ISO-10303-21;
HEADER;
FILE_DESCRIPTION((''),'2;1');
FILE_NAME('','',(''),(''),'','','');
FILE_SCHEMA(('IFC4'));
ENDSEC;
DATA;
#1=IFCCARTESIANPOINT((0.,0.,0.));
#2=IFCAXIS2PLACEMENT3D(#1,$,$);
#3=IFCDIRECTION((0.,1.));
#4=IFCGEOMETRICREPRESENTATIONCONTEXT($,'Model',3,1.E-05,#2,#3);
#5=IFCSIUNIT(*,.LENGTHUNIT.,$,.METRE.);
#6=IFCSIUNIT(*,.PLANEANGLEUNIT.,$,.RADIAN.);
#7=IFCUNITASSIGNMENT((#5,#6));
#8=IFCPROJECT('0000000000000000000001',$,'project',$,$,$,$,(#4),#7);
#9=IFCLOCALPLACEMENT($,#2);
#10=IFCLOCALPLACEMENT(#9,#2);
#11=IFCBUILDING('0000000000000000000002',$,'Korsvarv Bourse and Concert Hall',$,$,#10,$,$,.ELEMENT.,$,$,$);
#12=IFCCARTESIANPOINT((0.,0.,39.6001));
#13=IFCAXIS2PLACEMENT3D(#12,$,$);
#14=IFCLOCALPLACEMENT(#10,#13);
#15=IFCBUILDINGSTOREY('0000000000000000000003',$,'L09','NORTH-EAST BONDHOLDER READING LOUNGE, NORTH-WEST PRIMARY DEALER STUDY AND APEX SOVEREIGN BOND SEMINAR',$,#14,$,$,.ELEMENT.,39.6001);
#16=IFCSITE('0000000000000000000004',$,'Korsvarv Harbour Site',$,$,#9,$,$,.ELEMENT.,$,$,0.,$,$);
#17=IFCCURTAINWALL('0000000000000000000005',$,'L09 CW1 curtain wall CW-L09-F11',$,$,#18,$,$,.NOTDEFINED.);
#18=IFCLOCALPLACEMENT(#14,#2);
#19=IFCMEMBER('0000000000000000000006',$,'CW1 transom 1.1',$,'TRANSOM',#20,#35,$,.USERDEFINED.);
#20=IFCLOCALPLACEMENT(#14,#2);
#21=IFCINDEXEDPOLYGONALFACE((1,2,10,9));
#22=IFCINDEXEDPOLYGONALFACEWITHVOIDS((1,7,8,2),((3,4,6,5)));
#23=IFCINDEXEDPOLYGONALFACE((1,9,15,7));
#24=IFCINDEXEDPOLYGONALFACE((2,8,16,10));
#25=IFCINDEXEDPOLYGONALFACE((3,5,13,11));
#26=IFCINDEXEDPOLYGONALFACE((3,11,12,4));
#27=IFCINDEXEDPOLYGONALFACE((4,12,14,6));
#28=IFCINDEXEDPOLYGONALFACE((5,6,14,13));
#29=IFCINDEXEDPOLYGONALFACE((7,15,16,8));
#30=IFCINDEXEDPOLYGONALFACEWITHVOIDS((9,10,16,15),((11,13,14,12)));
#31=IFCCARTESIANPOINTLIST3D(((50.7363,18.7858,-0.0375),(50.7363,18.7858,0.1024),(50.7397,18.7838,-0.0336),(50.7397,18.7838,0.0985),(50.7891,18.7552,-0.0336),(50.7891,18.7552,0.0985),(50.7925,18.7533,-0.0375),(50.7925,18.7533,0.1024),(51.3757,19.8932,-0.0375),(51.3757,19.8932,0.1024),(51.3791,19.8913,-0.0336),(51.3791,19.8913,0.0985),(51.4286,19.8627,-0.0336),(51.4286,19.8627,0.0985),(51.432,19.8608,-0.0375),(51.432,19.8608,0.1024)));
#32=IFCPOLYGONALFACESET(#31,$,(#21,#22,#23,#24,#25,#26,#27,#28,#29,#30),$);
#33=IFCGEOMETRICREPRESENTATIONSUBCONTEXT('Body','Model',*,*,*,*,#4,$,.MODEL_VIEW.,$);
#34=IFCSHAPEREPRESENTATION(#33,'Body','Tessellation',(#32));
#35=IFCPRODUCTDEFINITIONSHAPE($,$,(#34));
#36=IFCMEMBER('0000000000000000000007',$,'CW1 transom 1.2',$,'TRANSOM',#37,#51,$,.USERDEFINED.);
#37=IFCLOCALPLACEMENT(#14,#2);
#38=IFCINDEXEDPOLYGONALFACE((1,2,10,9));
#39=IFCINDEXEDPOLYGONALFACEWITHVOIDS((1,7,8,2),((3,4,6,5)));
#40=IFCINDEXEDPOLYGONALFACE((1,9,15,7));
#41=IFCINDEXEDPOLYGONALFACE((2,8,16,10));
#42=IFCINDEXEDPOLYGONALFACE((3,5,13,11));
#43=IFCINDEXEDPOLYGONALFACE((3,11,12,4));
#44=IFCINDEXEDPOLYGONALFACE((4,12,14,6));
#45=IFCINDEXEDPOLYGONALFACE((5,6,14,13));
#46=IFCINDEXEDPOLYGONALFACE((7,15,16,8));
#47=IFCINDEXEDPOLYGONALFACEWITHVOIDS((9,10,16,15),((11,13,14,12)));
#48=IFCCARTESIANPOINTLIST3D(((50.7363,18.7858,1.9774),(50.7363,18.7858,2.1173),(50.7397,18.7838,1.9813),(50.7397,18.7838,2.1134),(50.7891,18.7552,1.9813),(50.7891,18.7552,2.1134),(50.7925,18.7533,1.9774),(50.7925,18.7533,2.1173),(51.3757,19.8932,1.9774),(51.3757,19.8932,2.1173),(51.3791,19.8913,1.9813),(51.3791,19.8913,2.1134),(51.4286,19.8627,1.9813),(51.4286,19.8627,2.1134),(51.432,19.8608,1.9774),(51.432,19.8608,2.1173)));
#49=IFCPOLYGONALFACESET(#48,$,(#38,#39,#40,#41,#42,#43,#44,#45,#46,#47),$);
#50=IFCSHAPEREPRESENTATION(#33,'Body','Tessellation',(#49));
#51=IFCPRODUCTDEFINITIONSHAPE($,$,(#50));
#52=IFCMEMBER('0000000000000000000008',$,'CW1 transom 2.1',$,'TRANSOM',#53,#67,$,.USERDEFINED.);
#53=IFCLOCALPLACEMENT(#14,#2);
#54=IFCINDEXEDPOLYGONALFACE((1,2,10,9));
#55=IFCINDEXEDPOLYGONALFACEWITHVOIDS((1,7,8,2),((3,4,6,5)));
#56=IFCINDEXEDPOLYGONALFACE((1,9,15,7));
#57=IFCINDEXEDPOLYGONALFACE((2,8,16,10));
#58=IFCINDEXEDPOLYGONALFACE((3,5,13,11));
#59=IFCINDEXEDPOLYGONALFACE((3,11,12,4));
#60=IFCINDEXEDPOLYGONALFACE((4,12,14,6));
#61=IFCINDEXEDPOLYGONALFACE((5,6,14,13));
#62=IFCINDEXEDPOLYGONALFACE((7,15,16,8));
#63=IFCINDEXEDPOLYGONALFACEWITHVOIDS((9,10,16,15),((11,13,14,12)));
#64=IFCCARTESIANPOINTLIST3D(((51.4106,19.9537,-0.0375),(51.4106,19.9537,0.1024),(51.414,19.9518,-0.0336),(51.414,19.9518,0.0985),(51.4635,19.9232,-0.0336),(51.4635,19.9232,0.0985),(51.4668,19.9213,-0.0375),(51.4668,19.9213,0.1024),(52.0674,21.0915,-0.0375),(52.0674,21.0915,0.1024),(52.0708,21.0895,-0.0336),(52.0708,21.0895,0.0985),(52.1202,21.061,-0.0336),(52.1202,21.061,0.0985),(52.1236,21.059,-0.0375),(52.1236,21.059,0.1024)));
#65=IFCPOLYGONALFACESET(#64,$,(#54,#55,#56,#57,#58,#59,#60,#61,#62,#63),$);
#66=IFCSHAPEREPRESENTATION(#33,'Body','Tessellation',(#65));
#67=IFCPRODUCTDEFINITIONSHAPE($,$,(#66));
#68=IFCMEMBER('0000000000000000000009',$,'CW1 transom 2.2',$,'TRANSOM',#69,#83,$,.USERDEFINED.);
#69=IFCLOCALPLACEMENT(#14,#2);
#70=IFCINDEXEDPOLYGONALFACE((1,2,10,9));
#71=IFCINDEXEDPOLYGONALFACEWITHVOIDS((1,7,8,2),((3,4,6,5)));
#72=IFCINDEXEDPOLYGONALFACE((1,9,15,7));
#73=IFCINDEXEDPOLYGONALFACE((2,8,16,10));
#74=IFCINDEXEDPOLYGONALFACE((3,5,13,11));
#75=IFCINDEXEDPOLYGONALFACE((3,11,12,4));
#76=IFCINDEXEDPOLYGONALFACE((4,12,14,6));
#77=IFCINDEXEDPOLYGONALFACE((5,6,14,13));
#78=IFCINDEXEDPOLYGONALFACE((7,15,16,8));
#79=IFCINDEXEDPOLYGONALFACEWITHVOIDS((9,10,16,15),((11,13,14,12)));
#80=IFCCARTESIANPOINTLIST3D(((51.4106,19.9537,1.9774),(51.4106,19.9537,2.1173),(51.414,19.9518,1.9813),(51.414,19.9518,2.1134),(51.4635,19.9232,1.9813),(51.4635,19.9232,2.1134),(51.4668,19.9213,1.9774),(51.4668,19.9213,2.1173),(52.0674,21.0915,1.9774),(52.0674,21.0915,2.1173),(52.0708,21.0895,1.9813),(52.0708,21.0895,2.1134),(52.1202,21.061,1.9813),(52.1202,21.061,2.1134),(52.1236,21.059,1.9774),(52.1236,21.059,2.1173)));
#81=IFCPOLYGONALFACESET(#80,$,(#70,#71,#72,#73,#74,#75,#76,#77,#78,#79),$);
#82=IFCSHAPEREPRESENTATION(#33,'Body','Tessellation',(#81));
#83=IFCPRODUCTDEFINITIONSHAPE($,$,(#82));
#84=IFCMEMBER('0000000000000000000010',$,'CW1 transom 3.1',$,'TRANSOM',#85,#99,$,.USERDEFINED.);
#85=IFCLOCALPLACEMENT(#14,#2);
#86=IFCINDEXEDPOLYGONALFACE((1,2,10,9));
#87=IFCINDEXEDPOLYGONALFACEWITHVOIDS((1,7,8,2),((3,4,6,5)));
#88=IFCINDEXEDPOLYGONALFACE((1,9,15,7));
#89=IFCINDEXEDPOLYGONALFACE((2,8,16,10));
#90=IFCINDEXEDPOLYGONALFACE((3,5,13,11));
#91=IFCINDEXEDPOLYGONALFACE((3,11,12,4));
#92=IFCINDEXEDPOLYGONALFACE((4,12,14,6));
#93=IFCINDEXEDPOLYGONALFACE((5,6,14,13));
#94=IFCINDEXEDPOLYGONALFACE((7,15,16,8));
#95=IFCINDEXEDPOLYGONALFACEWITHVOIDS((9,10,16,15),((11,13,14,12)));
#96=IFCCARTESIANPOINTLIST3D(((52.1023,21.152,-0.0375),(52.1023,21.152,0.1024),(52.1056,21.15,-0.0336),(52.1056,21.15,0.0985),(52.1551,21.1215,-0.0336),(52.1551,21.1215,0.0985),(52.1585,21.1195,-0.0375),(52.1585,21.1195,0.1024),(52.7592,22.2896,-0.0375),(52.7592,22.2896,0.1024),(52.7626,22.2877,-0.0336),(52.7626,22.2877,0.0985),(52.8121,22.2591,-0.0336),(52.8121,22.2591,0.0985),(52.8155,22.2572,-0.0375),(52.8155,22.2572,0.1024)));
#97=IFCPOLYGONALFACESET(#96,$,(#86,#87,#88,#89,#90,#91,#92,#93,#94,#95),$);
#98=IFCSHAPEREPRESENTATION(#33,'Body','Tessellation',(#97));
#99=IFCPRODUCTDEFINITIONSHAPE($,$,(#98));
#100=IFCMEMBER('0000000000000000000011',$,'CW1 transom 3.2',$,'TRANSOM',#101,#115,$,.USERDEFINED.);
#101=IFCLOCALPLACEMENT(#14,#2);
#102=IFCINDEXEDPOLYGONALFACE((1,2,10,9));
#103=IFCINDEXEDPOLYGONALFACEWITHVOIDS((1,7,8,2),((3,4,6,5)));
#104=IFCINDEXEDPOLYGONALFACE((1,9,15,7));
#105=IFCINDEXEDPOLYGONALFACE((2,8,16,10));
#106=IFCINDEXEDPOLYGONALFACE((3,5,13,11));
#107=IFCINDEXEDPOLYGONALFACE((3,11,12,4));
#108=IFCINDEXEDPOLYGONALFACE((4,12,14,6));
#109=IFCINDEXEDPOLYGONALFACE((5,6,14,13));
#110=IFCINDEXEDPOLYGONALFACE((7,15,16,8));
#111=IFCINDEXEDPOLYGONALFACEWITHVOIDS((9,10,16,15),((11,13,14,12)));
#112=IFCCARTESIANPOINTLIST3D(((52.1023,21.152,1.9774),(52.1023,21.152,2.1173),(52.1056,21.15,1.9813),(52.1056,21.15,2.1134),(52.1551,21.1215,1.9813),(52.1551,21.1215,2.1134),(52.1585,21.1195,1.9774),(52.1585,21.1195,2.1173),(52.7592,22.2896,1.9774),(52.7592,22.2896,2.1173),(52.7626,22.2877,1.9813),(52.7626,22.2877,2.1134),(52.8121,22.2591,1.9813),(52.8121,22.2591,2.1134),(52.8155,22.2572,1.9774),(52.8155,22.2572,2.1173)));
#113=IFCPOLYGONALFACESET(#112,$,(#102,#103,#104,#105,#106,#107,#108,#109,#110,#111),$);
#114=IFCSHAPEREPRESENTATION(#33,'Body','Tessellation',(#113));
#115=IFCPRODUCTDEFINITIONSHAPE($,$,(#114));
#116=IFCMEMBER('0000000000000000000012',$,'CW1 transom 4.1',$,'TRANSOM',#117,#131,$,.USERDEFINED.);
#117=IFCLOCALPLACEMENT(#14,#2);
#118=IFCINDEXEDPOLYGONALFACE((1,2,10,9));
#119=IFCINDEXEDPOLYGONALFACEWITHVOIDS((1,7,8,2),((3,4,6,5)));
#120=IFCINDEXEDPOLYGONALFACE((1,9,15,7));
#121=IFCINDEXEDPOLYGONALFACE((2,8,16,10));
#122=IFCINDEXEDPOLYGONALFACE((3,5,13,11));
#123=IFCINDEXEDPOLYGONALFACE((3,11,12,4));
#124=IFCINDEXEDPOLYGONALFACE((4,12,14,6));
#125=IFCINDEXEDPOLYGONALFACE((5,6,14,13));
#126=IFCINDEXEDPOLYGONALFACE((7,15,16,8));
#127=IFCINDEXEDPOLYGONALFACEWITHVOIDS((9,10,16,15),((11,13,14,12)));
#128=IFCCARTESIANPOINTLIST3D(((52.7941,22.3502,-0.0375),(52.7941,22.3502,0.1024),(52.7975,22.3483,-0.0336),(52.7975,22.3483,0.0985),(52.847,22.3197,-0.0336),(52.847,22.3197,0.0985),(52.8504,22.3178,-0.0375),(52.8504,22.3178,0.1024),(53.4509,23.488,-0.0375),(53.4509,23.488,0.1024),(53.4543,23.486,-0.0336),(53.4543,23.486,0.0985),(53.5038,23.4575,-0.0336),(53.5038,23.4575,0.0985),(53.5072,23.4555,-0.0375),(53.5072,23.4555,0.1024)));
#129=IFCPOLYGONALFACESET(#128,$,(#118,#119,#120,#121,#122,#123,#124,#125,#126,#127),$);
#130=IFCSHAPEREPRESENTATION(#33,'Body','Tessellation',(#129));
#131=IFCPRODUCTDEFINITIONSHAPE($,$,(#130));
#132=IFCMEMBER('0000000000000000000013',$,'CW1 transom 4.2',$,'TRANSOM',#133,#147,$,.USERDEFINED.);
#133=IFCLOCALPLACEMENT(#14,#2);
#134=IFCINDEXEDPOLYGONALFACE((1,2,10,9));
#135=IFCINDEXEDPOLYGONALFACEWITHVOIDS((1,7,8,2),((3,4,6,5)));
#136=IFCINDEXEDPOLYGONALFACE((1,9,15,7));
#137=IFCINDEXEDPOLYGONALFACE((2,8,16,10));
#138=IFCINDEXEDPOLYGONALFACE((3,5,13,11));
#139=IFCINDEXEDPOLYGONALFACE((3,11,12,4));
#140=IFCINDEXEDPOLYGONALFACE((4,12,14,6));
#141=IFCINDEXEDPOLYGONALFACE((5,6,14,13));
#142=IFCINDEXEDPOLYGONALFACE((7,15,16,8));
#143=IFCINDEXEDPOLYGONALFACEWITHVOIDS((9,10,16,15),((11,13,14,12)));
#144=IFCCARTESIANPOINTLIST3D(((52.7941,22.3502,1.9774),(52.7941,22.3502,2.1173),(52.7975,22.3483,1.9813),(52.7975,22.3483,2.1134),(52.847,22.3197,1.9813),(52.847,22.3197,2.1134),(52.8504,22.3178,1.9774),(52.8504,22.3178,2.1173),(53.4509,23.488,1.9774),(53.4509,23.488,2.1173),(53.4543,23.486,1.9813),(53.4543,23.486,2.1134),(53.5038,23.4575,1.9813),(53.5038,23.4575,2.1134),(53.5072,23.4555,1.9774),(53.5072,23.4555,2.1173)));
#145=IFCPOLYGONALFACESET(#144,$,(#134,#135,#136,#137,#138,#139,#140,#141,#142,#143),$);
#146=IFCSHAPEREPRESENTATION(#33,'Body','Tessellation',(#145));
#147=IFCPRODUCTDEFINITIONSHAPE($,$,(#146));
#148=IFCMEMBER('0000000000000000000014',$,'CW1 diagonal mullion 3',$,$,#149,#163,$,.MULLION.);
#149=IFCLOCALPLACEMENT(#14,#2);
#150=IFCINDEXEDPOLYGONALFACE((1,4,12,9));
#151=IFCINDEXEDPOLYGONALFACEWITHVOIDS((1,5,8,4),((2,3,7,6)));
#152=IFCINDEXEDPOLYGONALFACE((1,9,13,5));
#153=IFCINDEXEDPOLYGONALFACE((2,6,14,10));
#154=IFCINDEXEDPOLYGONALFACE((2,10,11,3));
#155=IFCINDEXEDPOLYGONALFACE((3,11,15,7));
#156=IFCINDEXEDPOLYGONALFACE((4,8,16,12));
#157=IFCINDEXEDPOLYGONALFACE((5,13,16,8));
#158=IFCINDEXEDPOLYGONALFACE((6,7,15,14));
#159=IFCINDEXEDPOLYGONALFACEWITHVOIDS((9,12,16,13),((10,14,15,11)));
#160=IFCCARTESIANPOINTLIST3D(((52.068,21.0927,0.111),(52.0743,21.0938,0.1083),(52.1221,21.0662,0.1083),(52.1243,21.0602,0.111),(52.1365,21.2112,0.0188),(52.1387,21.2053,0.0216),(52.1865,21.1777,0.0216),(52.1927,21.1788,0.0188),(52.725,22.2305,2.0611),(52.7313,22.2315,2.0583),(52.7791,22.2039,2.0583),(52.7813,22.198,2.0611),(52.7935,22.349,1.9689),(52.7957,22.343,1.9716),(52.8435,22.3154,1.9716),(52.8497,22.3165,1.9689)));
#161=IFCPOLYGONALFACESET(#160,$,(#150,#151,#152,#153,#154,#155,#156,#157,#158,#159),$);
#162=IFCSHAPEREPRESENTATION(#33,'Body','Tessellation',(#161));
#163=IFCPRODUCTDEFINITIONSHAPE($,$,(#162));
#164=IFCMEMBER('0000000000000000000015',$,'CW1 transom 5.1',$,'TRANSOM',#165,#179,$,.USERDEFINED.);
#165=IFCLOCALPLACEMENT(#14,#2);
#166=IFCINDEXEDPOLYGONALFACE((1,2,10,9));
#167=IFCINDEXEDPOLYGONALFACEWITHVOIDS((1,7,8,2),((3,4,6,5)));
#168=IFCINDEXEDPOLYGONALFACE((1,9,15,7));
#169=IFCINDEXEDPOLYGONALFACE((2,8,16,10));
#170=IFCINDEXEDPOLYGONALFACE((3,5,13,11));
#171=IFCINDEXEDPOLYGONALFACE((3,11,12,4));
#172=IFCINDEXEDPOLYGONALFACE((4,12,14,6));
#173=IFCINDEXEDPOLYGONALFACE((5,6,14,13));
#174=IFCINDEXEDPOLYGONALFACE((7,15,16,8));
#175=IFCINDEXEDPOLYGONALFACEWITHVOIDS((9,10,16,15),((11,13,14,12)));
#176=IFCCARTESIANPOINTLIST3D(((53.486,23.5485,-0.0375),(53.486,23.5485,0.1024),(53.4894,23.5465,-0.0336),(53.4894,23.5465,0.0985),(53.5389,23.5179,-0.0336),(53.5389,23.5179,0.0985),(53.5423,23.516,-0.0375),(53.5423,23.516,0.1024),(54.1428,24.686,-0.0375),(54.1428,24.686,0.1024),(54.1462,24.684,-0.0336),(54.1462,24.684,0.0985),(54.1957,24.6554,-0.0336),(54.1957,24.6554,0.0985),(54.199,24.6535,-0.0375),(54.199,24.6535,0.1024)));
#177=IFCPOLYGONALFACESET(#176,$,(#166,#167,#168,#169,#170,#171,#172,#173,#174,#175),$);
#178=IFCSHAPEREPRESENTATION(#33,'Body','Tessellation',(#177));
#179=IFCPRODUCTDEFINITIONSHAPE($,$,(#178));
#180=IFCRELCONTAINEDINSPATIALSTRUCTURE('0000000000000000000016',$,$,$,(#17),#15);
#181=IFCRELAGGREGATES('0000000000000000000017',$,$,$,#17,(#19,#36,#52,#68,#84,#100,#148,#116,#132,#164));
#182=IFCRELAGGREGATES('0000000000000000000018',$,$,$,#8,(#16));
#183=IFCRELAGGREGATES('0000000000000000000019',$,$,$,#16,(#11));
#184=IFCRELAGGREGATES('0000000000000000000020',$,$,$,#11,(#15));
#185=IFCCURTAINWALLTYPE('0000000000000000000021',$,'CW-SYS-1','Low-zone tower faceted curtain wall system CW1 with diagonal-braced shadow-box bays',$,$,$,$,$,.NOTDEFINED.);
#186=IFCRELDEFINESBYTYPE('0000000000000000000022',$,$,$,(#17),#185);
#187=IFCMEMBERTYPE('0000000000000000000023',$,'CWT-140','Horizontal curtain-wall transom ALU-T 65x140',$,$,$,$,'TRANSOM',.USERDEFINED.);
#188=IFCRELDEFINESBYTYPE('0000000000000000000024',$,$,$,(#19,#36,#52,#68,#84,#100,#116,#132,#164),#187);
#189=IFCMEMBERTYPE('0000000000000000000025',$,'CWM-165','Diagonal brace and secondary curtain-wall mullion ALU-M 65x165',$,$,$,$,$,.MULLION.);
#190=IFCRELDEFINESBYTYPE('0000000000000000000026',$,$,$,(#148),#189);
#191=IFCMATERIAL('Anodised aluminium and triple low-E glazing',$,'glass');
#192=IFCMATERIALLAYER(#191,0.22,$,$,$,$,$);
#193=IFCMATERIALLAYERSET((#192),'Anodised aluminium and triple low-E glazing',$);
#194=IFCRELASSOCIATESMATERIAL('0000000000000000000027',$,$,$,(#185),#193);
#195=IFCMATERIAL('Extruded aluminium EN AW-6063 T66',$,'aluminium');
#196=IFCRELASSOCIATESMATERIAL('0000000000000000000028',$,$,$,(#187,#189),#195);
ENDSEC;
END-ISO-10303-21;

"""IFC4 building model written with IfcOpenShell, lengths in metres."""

from ifc_helpers import new_model, si_unit, direction, frame, origin, origin_2d, place, context, subcontext, project, spatial, hollow_rectangle, extrude, source, transform, mapped, material, layer, layer_set, material_profile, profile_set, type_object, element, aggregate, save


model = new_model("IFC4")

# Units and contexts
model_context = context("Model", 3, precision=1e-05, world=origin(), true_north=direction((0.0, 1.0)))
body_context = subcontext(model_context, "Body", "Model", "MODEL_VIEW")
ifc_project = project(units=[si_unit("LENGTHUNIT", "METRE"), si_unit("PLANEANGLEUNIT", "RADIAN")], contexts=[model_context])

# Site, building, storey
site_placement = place(None, origin())
site = spatial("IfcSite", under=ifc_project, at=site_placement, Name="Korsvarv Harbour Site", CompositionType="ELEMENT", RefElevation=0.0)
building_placement = place(site_placement, origin())
building = spatial("IfcBuilding", under=site, at=building_placement, Name="Korsvarv Bourse and Concert Hall", CompositionType="ELEMENT")
storey_placement = place(building_placement, frame((0.0, 0.0, 39.6001)))
storey = spatial("IfcBuildingStorey", under=building, at=storey_placement, Name="L09", Description="NORTH-EAST BONDHOLDER READING LOUNGE, NORTH-WEST PRIMARY DEALER STUDY AND APEX SOVEREIGN BOND SEMINAR", CompositionType="ELEMENT", Elevation=39.6001)

# Curtain wall, members
ifc_material_1 = material(Name="Anodised aluminium and triple low-E glazing", Category="glass")
ifc_layer_1 = layer(ifc_material_1, 0.22)
ifc_layer_set_1 = layer_set([ifc_layer_1], Name="Anodised aluminium and triple low-E glazing")
curtain_wall_type = type_object("IfcCurtainWallType", Name="CW-SYS-1", Description="Low-zone tower faceted curtain wall system CW1 with diagonal-braced shadow-box bays", PredefinedType="NOTDEFINED", material=ifc_layer_set_1)
curtain_wall_placement = place(storey_placement, origin())
curtain_wall = element("IfcCurtainWall", 1, at=curtain_wall_placement, inside=storey, type_object=curtain_wall_type, Name="L09 CW1 curtain wall CW-L09-F11", PredefinedType="NOTDEFINED")
ifc_material_2 = material(Name="Extruded aluminium EN AW-6063 T66", Category="aluminium")
ifc_material_profile_1 = material_profile(ifc_material_2, hollow_rectangle(XDim=0.0649, YDim=0.1399, WallThickness=0.0039, at=origin_2d()), Name="ALU-T 65x140")
ifc_profile_set_1 = profile_set([ifc_material_profile_1], Name="Extruded aluminium EN AW-6063 T66")
member_type_1 = type_object("IfcMemberType", Name="CWT-140", Description="Horizontal curtain-wall transom ALU-T 65x140", ElementType="TRANSOM", PredefinedType="USERDEFINED", material=ifc_profile_set_1)
shared_shape_1 = source(origin(), body_context, "Body", "SweptSolid", [
    extrude(hollow_rectangle(XDim=0.0649, YDim=0.1399, WallThickness=0.0039, at=origin_2d()), origin(), (0.0, 0.0, 1.0), 1.2788),
])
member_1_placement = place(storey_placement, frame((50.7644, 18.7695, 0.0325), z_axis=(0.50002, 0.866014, 0.0), x_axis=(-0.866014, 0.50002, 0.0)))
member_1 = element("IfcMember", 2, at=member_1_placement, type_object=member_type_1, Name="CW1 transom 1.1", ObjectType="TRANSOM", PredefinedType="USERDEFINED", context=body_context, shape_type="MappedRepresentation", body=[
    mapped(shared_shape_1, transform((0.0, 0.0, 0.0), scale=1.0)),
])
member_2_placement = place(storey_placement, frame((50.7644, 18.7695, 2.0474), z_axis=(0.50002, 0.866014, 0.0), x_axis=(-0.866014, 0.50002, 0.0)))
member_2 = element("IfcMember", 3, at=member_2_placement, type_object=member_type_1, Name="CW1 transom 1.2", ObjectType="TRANSOM", PredefinedType="USERDEFINED", context=body_context, shape_type="MappedRepresentation", body=[
    mapped(shared_shape_1, transform((0.0, 0.0, 0.0), scale=1.0)),
])
shared_shape_2 = source(origin(), body_context, "Body", "SweptSolid", [
    extrude(hollow_rectangle(XDim=0.0649, YDim=0.1399, WallThickness=0.0039, at=origin_2d()), origin(), (0.0, 0.0, 1.0), 1.3137),
])
member_3_placement = place(storey_placement, frame((51.4387, 19.9375, 0.0325), z_axis=(0.499937, 0.866062, 0.0), x_axis=(-0.866062, 0.499937, 0.0)))
member_3 = element("IfcMember", 4, at=member_3_placement, type_object=member_type_1, Name="CW1 transom 2.1", ObjectType="TRANSOM", PredefinedType="USERDEFINED", context=body_context, shape_type="MappedRepresentation", body=[
    mapped(shared_shape_2, transform((0.0, 0.0, 0.0), scale=1.0)),
])
member_4_placement = place(storey_placement, frame((51.4387, 19.9375, 2.0474), z_axis=(0.499937, 0.866062, 0.0), x_axis=(-0.866062, 0.499937, 0.0)))
member_4 = element("IfcMember", 5, at=member_4_placement, type_object=member_type_1, Name="CW1 transom 2.2", ObjectType="TRANSOM", PredefinedType="USERDEFINED", context=body_context, shape_type="MappedRepresentation", body=[
    mapped(shared_shape_2, transform((0.0, 0.0, 0.0), scale=1.0)),
])
member_5_placement = place(storey_placement, frame((52.1304, 21.1357, 0.0325), z_axis=(0.500076, 0.865981, 0.0), x_axis=(-0.865981, 0.500076, 0.0)))
member_5 = element("IfcMember", 6, at=member_5_placement, type_object=member_type_1, Name="CW1 transom 3.1", ObjectType="TRANSOM", PredefinedType="USERDEFINED", context=body_context, shape_type="MappedRepresentation", body=[
    mapped(shared_shape_2, transform((0.0, 0.0, 0.0), scale=1.0)),
])
member_6_placement = place(storey_placement, frame((52.1304, 21.1357, 2.0474), z_axis=(0.500076, 0.865981, 0.0), x_axis=(-0.865981, 0.500076, 0.0)))
member_6 = element("IfcMember", 7, at=member_6_placement, type_object=member_type_1, Name="CW1 transom 3.2", ObjectType="TRANSOM", PredefinedType="USERDEFINED", context=body_context, shape_type="MappedRepresentation", body=[
    mapped(shared_shape_2, transform((0.0, 0.0, 0.0), scale=1.0)),
])
member_7_placement = place(storey_placement, frame((52.8223, 22.334, 0.0325), z_axis=(0.499937, 0.866062, 0.0), x_axis=(-0.866062, 0.499937, 0.0)))
member_7 = element("IfcMember", 8, at=member_7_placement, type_object=member_type_1, Name="CW1 transom 4.1", ObjectType="TRANSOM", PredefinedType="USERDEFINED", context=body_context, shape_type="MappedRepresentation", body=[
    mapped(shared_shape_2, transform((0.0, 0.0, 0.0), scale=1.0)),
])
member_8_placement = place(storey_placement, frame((52.8223, 22.334, 2.0474), z_axis=(0.499937, 0.866062, 0.0), x_axis=(-0.866062, 0.499937, 0.0)))
member_8 = element("IfcMember", 9, at=member_8_placement, type_object=member_type_1, Name="CW1 transom 4.2", ObjectType="TRANSOM", PredefinedType="USERDEFINED", context=body_context, shape_type="MappedRepresentation", body=[
    mapped(shared_shape_2, transform((0.0, 0.0, 0.0), scale=1.0)),
])
ifc_material_profile_2 = material_profile(ifc_material_2, hollow_rectangle(XDim=0.0649, YDim=0.165, WallThickness=0.0049, at=origin_2d()), Name="ALU-M 65x165")
ifc_profile_set_2 = profile_set([ifc_material_profile_2], Name="Extruded aluminium EN AW-6063 T66")
member_type_2 = type_object("IfcMemberType", Name="CWM-165", Description="Diagonal brace and secondary curtain-wall mullion ALU-M 65x165", PredefinedType="MULLION", material=ifc_profile_set_2)
shared_shape_3 = source(origin(), body_context, "Body", "SweptSolid", [
    extrude(hollow_rectangle(XDim=0.0649, YDim=0.165, WallThickness=0.0049, at=origin_2d()), origin(), (0.0, 0.0, 1.0), 2.3513),
])
member_9_placement = place(storey_placement, frame((52.1304, 21.1357, 0.0649), z_axis=(0.279421, 0.483872, 0.829332), x_axis=(-0.865981, 0.500076, 0.0)))
member_9 = element("IfcMember", 10, at=member_9_placement, type_object=member_type_2, Name="CW1 diagonal mullion 3", PredefinedType="MULLION", context=body_context, shape_type="MappedRepresentation", body=[
    mapped(shared_shape_3, transform((0.0, 0.0, 0.0), scale=1.0)),
])
shared_shape_4 = source(origin(), body_context, "Body", "SweptSolid", [
    extrude(hollow_rectangle(XDim=0.0649, YDim=0.1399, WallThickness=0.0039, at=origin_2d()), origin(), (0.0, 0.0, 1.0), 1.3135),
])
member_10_placement = place(storey_placement, frame((53.5142, 23.5322, 0.0325), z_axis=(0.500017, 0.866015, 0.0), x_axis=(-0.866015, 0.500017, 0.0)))
member_10 = element("IfcMember", 11, at=member_10_placement, type_object=member_type_1, Name="CW1 transom 5.1", ObjectType="TRANSOM", PredefinedType="USERDEFINED", context=body_context, shape_type="MappedRepresentation", body=[
    mapped(shared_shape_4, transform((0.0, 0.0, 0.0), scale=1.0)),
])
aggregate(curtain_wall, [member_1, member_2, member_3, member_4, member_5, member_6, member_9, member_7, member_8, member_10])

save(model, "model.ifc")
